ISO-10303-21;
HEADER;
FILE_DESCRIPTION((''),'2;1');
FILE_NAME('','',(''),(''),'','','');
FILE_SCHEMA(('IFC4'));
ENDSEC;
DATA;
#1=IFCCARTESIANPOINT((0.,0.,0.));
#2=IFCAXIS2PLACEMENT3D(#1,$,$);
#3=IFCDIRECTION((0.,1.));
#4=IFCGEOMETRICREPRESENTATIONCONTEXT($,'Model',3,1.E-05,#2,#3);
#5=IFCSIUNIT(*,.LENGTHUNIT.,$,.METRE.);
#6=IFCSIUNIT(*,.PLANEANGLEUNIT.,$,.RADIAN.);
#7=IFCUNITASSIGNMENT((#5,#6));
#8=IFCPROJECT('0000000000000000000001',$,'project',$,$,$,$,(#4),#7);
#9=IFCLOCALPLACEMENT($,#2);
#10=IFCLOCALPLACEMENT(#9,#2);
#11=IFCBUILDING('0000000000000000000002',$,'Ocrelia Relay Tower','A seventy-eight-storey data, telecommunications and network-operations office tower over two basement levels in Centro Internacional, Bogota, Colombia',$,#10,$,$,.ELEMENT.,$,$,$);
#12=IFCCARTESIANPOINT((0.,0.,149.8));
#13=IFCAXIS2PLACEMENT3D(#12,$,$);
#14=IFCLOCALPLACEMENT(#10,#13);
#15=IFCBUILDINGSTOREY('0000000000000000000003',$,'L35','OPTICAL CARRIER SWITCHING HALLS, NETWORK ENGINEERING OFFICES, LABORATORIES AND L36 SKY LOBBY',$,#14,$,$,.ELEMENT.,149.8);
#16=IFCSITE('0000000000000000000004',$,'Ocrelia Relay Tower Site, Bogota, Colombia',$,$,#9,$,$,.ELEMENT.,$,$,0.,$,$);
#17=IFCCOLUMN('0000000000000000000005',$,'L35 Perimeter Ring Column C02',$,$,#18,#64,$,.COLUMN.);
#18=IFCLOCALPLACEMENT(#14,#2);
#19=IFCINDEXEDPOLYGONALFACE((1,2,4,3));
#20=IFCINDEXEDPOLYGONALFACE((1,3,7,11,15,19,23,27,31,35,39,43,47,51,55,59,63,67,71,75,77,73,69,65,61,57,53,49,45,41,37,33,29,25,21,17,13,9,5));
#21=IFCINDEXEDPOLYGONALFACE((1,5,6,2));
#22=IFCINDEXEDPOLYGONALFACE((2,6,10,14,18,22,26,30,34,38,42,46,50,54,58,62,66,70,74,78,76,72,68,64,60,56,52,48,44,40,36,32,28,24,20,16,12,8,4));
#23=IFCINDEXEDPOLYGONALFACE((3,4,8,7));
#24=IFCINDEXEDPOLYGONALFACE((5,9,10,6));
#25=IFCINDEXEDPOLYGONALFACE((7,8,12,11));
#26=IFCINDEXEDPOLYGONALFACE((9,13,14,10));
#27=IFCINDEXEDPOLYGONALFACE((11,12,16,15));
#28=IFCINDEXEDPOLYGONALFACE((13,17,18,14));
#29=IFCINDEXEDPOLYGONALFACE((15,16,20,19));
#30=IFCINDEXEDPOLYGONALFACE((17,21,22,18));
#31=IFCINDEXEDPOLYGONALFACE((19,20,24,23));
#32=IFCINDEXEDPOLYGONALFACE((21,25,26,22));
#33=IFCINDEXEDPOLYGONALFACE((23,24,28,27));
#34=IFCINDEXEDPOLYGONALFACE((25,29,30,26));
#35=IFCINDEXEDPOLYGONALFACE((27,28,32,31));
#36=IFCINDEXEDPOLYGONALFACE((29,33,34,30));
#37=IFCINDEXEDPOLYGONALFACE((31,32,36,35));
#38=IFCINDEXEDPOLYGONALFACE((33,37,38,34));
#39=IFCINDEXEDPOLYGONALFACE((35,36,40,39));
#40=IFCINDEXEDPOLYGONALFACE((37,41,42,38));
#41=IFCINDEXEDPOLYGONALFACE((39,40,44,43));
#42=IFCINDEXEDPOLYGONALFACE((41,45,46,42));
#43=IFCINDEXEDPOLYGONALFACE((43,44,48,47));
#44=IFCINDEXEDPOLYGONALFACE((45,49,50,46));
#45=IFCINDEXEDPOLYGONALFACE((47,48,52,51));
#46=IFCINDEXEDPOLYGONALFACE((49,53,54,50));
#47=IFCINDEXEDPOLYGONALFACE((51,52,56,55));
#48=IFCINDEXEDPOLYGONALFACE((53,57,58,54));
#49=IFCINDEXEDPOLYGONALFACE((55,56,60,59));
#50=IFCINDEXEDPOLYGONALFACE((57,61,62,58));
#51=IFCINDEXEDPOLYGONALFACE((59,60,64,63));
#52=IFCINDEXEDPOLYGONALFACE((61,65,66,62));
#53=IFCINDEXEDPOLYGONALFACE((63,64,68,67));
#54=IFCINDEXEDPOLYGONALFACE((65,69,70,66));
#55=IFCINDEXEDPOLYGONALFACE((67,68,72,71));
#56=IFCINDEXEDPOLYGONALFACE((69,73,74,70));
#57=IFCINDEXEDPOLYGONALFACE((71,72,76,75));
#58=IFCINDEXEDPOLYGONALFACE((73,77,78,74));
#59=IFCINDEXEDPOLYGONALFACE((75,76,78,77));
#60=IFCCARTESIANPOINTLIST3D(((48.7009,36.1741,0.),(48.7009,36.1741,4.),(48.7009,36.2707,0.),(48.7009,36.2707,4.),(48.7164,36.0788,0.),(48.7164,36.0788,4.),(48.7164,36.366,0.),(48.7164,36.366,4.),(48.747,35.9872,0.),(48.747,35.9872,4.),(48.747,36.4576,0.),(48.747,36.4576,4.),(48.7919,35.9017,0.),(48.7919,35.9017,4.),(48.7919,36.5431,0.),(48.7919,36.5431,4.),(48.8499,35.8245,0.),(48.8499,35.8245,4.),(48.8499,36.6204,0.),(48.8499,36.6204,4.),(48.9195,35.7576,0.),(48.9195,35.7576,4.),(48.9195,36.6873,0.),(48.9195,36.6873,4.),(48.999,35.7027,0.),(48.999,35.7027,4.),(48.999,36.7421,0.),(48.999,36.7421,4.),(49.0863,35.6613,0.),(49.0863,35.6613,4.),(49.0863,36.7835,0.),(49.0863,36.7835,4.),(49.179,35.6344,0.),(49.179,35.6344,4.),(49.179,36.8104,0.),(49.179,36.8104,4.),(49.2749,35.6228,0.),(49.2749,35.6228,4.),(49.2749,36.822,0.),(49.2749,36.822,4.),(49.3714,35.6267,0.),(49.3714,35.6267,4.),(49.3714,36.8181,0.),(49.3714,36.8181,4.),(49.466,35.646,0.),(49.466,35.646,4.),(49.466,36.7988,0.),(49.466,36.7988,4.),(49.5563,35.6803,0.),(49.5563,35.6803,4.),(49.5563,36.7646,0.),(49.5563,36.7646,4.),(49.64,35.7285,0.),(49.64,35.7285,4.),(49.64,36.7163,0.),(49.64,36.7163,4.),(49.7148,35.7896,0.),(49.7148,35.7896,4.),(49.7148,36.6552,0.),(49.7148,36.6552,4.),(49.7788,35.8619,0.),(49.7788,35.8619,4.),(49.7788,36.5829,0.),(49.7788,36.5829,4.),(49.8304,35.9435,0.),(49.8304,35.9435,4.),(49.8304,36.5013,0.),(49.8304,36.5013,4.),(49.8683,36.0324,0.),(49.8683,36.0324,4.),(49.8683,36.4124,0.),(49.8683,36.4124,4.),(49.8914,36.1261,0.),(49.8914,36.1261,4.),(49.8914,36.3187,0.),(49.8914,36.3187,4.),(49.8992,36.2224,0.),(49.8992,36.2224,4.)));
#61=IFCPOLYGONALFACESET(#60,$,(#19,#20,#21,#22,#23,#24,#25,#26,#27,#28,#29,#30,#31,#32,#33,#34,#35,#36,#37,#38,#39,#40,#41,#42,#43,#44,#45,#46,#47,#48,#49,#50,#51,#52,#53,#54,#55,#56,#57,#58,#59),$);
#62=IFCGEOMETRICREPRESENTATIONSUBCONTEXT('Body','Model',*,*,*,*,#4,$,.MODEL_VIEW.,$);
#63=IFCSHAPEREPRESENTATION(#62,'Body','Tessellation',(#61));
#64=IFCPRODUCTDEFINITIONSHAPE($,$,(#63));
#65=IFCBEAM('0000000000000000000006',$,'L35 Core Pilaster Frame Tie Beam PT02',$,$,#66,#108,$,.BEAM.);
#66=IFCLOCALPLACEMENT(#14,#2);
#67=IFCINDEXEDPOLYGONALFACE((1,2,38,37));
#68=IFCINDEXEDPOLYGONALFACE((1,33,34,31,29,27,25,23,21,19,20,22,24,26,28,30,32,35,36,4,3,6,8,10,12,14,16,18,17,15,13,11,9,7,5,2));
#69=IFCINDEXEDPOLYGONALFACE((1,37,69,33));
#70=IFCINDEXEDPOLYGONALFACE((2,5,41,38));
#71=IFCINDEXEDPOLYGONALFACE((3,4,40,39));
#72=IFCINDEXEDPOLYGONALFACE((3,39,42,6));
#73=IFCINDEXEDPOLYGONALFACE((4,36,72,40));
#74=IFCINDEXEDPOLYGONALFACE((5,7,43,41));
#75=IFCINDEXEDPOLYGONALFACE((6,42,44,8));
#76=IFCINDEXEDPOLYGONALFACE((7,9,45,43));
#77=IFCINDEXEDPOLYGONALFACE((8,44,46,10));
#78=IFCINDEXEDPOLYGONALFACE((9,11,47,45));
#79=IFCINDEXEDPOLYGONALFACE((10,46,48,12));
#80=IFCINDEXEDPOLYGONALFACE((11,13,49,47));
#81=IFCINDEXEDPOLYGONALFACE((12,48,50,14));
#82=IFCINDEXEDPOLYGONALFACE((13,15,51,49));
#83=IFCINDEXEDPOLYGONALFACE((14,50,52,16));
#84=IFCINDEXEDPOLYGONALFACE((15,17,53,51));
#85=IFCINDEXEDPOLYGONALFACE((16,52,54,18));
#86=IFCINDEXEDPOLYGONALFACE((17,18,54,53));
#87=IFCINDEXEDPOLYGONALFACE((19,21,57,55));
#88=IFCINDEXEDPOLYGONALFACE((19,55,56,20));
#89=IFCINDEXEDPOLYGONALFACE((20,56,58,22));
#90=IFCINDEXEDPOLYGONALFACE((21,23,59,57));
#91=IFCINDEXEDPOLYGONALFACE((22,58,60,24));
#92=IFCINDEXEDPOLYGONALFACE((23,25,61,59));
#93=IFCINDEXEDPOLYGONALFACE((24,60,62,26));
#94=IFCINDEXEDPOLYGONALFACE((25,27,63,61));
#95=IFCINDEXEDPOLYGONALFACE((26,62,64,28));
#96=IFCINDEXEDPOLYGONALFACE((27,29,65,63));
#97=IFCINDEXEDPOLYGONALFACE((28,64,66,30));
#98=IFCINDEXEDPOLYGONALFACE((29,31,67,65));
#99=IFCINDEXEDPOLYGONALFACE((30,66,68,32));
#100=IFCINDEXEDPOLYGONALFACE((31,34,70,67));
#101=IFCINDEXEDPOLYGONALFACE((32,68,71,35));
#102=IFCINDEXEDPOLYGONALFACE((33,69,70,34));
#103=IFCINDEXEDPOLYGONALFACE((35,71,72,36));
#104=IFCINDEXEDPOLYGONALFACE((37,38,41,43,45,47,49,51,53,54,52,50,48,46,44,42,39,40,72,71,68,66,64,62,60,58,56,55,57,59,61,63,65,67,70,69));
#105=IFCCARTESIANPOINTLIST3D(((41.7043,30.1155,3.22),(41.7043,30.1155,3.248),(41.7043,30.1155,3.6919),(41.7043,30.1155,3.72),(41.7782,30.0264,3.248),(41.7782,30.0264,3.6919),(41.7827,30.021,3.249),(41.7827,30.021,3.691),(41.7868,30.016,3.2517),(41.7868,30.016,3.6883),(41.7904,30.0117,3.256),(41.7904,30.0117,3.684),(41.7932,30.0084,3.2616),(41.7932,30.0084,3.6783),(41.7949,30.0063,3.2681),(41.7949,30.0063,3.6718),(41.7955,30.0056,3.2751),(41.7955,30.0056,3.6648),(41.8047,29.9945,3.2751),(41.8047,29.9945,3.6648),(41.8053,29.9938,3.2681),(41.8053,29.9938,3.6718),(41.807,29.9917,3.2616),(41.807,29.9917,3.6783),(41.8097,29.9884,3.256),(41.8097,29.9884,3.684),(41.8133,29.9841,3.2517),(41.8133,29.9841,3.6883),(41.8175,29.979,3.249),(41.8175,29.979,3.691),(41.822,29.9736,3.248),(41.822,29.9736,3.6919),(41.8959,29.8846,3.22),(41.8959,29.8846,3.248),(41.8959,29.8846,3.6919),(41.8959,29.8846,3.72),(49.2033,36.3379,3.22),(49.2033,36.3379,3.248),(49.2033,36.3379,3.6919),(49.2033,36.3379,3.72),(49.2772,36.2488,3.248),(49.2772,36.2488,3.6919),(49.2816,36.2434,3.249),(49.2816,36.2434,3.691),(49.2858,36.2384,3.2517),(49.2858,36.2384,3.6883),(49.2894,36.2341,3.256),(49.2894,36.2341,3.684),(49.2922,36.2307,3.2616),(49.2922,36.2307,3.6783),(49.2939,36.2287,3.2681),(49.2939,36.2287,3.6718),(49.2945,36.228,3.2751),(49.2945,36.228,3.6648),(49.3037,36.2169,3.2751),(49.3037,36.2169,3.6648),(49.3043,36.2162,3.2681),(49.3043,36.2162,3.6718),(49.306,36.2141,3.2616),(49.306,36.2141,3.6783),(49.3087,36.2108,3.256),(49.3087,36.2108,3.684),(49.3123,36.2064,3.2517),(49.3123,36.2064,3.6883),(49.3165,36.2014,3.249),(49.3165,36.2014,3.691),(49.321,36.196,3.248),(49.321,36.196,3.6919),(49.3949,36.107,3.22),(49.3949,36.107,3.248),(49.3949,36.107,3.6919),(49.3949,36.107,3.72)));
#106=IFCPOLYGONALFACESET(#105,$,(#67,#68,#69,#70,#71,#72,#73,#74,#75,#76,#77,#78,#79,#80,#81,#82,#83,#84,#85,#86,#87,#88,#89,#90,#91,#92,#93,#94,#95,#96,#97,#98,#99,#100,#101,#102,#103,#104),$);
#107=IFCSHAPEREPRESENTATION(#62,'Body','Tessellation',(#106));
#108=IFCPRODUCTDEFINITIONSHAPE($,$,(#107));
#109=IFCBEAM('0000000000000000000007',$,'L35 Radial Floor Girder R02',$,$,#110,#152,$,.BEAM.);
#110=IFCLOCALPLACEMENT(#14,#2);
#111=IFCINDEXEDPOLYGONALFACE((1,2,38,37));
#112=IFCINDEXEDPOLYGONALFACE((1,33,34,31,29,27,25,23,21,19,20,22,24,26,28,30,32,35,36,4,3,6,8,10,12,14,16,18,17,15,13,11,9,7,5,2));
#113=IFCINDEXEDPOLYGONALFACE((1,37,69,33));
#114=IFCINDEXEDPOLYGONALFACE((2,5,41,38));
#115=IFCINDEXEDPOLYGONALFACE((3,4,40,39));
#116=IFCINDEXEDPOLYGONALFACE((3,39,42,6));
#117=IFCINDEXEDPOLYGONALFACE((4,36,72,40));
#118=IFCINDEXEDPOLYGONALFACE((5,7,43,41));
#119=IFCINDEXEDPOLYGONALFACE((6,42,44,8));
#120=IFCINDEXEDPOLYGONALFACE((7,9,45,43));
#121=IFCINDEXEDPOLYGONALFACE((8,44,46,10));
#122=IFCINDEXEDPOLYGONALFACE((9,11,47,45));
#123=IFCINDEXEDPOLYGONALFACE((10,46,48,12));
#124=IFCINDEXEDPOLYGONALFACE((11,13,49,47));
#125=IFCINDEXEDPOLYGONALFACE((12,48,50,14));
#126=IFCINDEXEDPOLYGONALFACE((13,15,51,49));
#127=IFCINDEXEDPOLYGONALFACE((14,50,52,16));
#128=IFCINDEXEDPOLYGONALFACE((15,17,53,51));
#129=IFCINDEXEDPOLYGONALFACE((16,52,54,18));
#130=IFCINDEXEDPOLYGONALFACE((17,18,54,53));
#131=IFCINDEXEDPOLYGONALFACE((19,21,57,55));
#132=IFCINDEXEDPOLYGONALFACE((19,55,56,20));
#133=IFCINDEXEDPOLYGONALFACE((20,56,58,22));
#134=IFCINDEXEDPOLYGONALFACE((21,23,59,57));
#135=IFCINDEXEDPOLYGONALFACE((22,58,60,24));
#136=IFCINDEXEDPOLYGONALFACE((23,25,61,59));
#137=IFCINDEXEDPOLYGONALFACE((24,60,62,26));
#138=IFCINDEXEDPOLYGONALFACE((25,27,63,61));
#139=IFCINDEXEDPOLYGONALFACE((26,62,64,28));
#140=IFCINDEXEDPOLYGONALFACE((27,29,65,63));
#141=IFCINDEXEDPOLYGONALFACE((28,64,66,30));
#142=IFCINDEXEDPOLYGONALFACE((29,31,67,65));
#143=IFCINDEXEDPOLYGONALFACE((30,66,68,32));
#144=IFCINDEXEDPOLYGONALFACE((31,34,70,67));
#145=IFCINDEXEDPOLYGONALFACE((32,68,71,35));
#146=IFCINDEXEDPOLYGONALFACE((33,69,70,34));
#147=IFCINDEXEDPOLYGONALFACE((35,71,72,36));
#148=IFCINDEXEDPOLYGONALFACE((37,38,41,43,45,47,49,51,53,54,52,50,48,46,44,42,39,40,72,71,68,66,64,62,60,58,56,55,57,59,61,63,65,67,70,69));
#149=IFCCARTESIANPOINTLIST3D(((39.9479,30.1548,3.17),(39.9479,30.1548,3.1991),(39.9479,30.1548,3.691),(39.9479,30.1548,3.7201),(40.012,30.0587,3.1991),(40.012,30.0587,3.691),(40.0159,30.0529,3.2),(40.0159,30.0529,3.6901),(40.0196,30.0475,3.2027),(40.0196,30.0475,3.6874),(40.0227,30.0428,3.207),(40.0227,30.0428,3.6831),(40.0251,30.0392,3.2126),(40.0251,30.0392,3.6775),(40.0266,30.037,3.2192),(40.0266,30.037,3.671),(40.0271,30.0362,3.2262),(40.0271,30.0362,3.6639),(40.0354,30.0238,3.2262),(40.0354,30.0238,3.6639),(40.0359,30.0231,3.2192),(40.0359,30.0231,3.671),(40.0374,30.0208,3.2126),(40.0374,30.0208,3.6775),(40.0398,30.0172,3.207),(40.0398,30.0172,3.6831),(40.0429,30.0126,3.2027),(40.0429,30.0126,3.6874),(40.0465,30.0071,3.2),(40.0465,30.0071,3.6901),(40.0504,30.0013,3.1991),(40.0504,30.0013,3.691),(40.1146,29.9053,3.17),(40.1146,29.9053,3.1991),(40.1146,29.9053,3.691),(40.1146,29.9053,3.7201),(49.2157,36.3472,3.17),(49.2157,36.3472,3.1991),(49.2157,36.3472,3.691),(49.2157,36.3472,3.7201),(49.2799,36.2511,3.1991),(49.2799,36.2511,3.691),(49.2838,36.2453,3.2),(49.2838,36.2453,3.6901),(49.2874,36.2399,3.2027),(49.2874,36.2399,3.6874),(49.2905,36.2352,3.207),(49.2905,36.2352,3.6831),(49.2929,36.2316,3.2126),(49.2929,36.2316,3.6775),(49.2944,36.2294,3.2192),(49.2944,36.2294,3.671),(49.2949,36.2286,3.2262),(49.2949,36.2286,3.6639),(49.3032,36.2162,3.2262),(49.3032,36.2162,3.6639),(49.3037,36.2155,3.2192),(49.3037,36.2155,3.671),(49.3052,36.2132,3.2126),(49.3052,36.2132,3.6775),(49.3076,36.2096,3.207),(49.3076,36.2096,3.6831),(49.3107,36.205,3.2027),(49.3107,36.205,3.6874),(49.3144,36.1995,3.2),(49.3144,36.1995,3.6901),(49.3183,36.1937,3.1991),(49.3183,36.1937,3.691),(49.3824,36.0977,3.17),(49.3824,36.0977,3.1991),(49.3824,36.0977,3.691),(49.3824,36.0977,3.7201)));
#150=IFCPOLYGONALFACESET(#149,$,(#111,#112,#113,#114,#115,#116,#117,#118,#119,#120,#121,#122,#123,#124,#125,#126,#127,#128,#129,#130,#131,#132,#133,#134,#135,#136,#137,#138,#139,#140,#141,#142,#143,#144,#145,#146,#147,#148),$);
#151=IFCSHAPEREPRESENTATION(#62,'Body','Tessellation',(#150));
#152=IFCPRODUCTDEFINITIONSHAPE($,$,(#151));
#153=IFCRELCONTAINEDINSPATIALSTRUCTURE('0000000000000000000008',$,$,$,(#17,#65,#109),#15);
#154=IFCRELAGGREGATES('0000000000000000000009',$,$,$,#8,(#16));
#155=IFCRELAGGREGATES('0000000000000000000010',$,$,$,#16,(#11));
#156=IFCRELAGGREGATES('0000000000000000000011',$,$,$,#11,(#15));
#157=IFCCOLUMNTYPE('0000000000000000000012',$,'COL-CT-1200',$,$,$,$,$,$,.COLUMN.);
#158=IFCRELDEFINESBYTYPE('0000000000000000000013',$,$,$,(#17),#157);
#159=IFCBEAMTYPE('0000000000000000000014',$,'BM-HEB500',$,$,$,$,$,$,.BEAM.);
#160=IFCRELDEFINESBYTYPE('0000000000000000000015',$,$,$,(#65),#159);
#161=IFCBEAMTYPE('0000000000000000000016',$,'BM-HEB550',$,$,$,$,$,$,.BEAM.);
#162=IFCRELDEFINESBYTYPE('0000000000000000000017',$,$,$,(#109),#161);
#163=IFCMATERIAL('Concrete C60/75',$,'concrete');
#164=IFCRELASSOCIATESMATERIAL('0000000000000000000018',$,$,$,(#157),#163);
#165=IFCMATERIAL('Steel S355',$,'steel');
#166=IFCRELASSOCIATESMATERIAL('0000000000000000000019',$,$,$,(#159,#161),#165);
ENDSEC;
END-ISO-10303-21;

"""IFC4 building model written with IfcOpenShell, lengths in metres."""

from ifc_helpers import new_model, si_unit, direction, frame, origin, origin_2d, place, context, subcontext, project, spatial, circle, i_section, extrude, material, material_profile, profile_set, type_object, element, save


model = new_model("IFC4")

# Units and contexts
model_context = context("Model", 3, precision=1e-05, world=origin(), true_north=direction((0.0, 1.0)))
body_context = subcontext(model_context, "Body", "Model", "MODEL_VIEW")
ifc_project = project(units=[si_unit("LENGTHUNIT", "METRE"), si_unit("PLANEANGLEUNIT", "RADIAN")], contexts=[model_context])

# Site, building, storey
site_placement = place(None, origin())
site = spatial("IfcSite", under=ifc_project, at=site_placement, Name="Ocrelia Relay Tower Site, Bogota, Colombia", CompositionType="ELEMENT", RefElevation=0.0)
building_placement = place(site_placement, origin())
building = spatial("IfcBuilding", under=site, at=building_placement, Name="Ocrelia Relay Tower", Description="A seventy-eight-storey data, telecommunications and network-operations office tower over two basement levels in Centro Internacional, Bogota, Colombia", CompositionType="ELEMENT")
storey_placement = place(building_placement, frame((0.0, 0.0, 149.8)))
storey = spatial("IfcBuildingStorey", under=building, at=storey_placement, Name="L35", Description="OPTICAL CARRIER SWITCHING HALLS, NETWORK ENGINEERING OFFICES, LABORATORIES AND L36 SKY LOBBY", CompositionType="ELEMENT", Elevation=149.8)

# Column
ifc_material_1 = material(Name="Concrete C60/75", Category="concrete")
ifc_material_profile_1 = material_profile(ifc_material_1, circle(Radius=0.6001, at=origin_2d()), Name="RC-CIR-1200")
ifc_profile_set_1 = profile_set([ifc_material_profile_1], Name="Concrete C60/75")
column_type = type_object("IfcColumnType", Name="COL-CT-1200", PredefinedType="COLUMN", material=ifc_profile_set_1)
column_placement = place(storey_placement, frame((49.2991, 36.2224, 0.0), z_axis=(0.0, 0.0, 1.0), x_axis=(1.0, 0.0, 0.0)))
element("IfcColumn", 1, at=column_placement, inside=storey, type_object=column_type, Name="L35 Perimeter Ring Column C02", PredefinedType="COLUMN", context=body_context, shape_type="SweptSolid", body=[
    extrude(circle(Radius=0.6001, at=origin_2d()), origin(), (0.0, 0.0, 1.0), 4.0),
])

# Beams
ifc_material_2 = material(Name="Steel S355", Category="steel")
ifc_material_profile_2 = material_profile(ifc_material_2, i_section(OverallWidth=0.3, OverallDepth=0.5, WebThickness=0.0144, FlangeThickness=0.0281, FilletRadius=0.0271, at=origin_2d()), Name="HEB 500")
ifc_profile_set_2 = profile_set([ifc_material_profile_2], Name="Steel S355")
beam_type_1 = type_object("IfcBeamType", Name="BM-HEB500", PredefinedType="BEAM", material=ifc_profile_set_2)
beam_1_placement = place(storey_placement, frame((49.2991, 36.2224, 3.47), z_axis=(-0.769571, -0.638561, 0.0), x_axis=(0.638561, -0.769571, 0.0)))
element("IfcBeam", 2, at=beam_1_placement, inside=storey, type_object=beam_type_1, Name="L35 Core Pilaster Frame Tie Beam PT02", PredefinedType="BEAM", context=body_context, shape_type="SweptSolid", body=[
    extrude(i_section(OverallWidth=0.3, OverallDepth=0.5, WebThickness=0.0144, FlangeThickness=0.0281, FilletRadius=0.0271, at=origin_2d()), origin(), (0.0, 0.0, 1.0), 9.7444),
])
ifc_material_profile_3 = material_profile(ifc_material_2, i_section(OverallWidth=0.3, OverallDepth=0.55, WebThickness=0.0149, FlangeThickness=0.0291, FilletRadius=0.0271, at=origin_2d()), Name="HEB 550")
ifc_profile_set_3 = profile_set([ifc_material_profile_3], Name="Steel S355")
beam_type_2 = type_object("IfcBeamType", Name="BM-HEB550", PredefinedType="BEAM", material=ifc_profile_set_3)
beam_2_placement = place(storey_placement, frame((49.2991, 36.2224, 3.4451), z_axis=(-0.831477, -0.555559, 0.0), x_axis=(0.555559, -0.831477, 0.0)))
element("IfcBeam", 3, at=beam_2_placement, inside=storey, type_object=beam_type_2, Name="L35 Radial Floor Girder R02", PredefinedType="BEAM", context=body_context, shape_type="SweptSolid", body=[
    extrude(i_section(OverallWidth=0.3, OverallDepth=0.55, WebThickness=0.0149, FlangeThickness=0.0291, FilletRadius=0.0271, at=origin_2d()), origin(), (0.0, 0.0, 1.0), 11.1462),
])

save(model, "model.ifc")
